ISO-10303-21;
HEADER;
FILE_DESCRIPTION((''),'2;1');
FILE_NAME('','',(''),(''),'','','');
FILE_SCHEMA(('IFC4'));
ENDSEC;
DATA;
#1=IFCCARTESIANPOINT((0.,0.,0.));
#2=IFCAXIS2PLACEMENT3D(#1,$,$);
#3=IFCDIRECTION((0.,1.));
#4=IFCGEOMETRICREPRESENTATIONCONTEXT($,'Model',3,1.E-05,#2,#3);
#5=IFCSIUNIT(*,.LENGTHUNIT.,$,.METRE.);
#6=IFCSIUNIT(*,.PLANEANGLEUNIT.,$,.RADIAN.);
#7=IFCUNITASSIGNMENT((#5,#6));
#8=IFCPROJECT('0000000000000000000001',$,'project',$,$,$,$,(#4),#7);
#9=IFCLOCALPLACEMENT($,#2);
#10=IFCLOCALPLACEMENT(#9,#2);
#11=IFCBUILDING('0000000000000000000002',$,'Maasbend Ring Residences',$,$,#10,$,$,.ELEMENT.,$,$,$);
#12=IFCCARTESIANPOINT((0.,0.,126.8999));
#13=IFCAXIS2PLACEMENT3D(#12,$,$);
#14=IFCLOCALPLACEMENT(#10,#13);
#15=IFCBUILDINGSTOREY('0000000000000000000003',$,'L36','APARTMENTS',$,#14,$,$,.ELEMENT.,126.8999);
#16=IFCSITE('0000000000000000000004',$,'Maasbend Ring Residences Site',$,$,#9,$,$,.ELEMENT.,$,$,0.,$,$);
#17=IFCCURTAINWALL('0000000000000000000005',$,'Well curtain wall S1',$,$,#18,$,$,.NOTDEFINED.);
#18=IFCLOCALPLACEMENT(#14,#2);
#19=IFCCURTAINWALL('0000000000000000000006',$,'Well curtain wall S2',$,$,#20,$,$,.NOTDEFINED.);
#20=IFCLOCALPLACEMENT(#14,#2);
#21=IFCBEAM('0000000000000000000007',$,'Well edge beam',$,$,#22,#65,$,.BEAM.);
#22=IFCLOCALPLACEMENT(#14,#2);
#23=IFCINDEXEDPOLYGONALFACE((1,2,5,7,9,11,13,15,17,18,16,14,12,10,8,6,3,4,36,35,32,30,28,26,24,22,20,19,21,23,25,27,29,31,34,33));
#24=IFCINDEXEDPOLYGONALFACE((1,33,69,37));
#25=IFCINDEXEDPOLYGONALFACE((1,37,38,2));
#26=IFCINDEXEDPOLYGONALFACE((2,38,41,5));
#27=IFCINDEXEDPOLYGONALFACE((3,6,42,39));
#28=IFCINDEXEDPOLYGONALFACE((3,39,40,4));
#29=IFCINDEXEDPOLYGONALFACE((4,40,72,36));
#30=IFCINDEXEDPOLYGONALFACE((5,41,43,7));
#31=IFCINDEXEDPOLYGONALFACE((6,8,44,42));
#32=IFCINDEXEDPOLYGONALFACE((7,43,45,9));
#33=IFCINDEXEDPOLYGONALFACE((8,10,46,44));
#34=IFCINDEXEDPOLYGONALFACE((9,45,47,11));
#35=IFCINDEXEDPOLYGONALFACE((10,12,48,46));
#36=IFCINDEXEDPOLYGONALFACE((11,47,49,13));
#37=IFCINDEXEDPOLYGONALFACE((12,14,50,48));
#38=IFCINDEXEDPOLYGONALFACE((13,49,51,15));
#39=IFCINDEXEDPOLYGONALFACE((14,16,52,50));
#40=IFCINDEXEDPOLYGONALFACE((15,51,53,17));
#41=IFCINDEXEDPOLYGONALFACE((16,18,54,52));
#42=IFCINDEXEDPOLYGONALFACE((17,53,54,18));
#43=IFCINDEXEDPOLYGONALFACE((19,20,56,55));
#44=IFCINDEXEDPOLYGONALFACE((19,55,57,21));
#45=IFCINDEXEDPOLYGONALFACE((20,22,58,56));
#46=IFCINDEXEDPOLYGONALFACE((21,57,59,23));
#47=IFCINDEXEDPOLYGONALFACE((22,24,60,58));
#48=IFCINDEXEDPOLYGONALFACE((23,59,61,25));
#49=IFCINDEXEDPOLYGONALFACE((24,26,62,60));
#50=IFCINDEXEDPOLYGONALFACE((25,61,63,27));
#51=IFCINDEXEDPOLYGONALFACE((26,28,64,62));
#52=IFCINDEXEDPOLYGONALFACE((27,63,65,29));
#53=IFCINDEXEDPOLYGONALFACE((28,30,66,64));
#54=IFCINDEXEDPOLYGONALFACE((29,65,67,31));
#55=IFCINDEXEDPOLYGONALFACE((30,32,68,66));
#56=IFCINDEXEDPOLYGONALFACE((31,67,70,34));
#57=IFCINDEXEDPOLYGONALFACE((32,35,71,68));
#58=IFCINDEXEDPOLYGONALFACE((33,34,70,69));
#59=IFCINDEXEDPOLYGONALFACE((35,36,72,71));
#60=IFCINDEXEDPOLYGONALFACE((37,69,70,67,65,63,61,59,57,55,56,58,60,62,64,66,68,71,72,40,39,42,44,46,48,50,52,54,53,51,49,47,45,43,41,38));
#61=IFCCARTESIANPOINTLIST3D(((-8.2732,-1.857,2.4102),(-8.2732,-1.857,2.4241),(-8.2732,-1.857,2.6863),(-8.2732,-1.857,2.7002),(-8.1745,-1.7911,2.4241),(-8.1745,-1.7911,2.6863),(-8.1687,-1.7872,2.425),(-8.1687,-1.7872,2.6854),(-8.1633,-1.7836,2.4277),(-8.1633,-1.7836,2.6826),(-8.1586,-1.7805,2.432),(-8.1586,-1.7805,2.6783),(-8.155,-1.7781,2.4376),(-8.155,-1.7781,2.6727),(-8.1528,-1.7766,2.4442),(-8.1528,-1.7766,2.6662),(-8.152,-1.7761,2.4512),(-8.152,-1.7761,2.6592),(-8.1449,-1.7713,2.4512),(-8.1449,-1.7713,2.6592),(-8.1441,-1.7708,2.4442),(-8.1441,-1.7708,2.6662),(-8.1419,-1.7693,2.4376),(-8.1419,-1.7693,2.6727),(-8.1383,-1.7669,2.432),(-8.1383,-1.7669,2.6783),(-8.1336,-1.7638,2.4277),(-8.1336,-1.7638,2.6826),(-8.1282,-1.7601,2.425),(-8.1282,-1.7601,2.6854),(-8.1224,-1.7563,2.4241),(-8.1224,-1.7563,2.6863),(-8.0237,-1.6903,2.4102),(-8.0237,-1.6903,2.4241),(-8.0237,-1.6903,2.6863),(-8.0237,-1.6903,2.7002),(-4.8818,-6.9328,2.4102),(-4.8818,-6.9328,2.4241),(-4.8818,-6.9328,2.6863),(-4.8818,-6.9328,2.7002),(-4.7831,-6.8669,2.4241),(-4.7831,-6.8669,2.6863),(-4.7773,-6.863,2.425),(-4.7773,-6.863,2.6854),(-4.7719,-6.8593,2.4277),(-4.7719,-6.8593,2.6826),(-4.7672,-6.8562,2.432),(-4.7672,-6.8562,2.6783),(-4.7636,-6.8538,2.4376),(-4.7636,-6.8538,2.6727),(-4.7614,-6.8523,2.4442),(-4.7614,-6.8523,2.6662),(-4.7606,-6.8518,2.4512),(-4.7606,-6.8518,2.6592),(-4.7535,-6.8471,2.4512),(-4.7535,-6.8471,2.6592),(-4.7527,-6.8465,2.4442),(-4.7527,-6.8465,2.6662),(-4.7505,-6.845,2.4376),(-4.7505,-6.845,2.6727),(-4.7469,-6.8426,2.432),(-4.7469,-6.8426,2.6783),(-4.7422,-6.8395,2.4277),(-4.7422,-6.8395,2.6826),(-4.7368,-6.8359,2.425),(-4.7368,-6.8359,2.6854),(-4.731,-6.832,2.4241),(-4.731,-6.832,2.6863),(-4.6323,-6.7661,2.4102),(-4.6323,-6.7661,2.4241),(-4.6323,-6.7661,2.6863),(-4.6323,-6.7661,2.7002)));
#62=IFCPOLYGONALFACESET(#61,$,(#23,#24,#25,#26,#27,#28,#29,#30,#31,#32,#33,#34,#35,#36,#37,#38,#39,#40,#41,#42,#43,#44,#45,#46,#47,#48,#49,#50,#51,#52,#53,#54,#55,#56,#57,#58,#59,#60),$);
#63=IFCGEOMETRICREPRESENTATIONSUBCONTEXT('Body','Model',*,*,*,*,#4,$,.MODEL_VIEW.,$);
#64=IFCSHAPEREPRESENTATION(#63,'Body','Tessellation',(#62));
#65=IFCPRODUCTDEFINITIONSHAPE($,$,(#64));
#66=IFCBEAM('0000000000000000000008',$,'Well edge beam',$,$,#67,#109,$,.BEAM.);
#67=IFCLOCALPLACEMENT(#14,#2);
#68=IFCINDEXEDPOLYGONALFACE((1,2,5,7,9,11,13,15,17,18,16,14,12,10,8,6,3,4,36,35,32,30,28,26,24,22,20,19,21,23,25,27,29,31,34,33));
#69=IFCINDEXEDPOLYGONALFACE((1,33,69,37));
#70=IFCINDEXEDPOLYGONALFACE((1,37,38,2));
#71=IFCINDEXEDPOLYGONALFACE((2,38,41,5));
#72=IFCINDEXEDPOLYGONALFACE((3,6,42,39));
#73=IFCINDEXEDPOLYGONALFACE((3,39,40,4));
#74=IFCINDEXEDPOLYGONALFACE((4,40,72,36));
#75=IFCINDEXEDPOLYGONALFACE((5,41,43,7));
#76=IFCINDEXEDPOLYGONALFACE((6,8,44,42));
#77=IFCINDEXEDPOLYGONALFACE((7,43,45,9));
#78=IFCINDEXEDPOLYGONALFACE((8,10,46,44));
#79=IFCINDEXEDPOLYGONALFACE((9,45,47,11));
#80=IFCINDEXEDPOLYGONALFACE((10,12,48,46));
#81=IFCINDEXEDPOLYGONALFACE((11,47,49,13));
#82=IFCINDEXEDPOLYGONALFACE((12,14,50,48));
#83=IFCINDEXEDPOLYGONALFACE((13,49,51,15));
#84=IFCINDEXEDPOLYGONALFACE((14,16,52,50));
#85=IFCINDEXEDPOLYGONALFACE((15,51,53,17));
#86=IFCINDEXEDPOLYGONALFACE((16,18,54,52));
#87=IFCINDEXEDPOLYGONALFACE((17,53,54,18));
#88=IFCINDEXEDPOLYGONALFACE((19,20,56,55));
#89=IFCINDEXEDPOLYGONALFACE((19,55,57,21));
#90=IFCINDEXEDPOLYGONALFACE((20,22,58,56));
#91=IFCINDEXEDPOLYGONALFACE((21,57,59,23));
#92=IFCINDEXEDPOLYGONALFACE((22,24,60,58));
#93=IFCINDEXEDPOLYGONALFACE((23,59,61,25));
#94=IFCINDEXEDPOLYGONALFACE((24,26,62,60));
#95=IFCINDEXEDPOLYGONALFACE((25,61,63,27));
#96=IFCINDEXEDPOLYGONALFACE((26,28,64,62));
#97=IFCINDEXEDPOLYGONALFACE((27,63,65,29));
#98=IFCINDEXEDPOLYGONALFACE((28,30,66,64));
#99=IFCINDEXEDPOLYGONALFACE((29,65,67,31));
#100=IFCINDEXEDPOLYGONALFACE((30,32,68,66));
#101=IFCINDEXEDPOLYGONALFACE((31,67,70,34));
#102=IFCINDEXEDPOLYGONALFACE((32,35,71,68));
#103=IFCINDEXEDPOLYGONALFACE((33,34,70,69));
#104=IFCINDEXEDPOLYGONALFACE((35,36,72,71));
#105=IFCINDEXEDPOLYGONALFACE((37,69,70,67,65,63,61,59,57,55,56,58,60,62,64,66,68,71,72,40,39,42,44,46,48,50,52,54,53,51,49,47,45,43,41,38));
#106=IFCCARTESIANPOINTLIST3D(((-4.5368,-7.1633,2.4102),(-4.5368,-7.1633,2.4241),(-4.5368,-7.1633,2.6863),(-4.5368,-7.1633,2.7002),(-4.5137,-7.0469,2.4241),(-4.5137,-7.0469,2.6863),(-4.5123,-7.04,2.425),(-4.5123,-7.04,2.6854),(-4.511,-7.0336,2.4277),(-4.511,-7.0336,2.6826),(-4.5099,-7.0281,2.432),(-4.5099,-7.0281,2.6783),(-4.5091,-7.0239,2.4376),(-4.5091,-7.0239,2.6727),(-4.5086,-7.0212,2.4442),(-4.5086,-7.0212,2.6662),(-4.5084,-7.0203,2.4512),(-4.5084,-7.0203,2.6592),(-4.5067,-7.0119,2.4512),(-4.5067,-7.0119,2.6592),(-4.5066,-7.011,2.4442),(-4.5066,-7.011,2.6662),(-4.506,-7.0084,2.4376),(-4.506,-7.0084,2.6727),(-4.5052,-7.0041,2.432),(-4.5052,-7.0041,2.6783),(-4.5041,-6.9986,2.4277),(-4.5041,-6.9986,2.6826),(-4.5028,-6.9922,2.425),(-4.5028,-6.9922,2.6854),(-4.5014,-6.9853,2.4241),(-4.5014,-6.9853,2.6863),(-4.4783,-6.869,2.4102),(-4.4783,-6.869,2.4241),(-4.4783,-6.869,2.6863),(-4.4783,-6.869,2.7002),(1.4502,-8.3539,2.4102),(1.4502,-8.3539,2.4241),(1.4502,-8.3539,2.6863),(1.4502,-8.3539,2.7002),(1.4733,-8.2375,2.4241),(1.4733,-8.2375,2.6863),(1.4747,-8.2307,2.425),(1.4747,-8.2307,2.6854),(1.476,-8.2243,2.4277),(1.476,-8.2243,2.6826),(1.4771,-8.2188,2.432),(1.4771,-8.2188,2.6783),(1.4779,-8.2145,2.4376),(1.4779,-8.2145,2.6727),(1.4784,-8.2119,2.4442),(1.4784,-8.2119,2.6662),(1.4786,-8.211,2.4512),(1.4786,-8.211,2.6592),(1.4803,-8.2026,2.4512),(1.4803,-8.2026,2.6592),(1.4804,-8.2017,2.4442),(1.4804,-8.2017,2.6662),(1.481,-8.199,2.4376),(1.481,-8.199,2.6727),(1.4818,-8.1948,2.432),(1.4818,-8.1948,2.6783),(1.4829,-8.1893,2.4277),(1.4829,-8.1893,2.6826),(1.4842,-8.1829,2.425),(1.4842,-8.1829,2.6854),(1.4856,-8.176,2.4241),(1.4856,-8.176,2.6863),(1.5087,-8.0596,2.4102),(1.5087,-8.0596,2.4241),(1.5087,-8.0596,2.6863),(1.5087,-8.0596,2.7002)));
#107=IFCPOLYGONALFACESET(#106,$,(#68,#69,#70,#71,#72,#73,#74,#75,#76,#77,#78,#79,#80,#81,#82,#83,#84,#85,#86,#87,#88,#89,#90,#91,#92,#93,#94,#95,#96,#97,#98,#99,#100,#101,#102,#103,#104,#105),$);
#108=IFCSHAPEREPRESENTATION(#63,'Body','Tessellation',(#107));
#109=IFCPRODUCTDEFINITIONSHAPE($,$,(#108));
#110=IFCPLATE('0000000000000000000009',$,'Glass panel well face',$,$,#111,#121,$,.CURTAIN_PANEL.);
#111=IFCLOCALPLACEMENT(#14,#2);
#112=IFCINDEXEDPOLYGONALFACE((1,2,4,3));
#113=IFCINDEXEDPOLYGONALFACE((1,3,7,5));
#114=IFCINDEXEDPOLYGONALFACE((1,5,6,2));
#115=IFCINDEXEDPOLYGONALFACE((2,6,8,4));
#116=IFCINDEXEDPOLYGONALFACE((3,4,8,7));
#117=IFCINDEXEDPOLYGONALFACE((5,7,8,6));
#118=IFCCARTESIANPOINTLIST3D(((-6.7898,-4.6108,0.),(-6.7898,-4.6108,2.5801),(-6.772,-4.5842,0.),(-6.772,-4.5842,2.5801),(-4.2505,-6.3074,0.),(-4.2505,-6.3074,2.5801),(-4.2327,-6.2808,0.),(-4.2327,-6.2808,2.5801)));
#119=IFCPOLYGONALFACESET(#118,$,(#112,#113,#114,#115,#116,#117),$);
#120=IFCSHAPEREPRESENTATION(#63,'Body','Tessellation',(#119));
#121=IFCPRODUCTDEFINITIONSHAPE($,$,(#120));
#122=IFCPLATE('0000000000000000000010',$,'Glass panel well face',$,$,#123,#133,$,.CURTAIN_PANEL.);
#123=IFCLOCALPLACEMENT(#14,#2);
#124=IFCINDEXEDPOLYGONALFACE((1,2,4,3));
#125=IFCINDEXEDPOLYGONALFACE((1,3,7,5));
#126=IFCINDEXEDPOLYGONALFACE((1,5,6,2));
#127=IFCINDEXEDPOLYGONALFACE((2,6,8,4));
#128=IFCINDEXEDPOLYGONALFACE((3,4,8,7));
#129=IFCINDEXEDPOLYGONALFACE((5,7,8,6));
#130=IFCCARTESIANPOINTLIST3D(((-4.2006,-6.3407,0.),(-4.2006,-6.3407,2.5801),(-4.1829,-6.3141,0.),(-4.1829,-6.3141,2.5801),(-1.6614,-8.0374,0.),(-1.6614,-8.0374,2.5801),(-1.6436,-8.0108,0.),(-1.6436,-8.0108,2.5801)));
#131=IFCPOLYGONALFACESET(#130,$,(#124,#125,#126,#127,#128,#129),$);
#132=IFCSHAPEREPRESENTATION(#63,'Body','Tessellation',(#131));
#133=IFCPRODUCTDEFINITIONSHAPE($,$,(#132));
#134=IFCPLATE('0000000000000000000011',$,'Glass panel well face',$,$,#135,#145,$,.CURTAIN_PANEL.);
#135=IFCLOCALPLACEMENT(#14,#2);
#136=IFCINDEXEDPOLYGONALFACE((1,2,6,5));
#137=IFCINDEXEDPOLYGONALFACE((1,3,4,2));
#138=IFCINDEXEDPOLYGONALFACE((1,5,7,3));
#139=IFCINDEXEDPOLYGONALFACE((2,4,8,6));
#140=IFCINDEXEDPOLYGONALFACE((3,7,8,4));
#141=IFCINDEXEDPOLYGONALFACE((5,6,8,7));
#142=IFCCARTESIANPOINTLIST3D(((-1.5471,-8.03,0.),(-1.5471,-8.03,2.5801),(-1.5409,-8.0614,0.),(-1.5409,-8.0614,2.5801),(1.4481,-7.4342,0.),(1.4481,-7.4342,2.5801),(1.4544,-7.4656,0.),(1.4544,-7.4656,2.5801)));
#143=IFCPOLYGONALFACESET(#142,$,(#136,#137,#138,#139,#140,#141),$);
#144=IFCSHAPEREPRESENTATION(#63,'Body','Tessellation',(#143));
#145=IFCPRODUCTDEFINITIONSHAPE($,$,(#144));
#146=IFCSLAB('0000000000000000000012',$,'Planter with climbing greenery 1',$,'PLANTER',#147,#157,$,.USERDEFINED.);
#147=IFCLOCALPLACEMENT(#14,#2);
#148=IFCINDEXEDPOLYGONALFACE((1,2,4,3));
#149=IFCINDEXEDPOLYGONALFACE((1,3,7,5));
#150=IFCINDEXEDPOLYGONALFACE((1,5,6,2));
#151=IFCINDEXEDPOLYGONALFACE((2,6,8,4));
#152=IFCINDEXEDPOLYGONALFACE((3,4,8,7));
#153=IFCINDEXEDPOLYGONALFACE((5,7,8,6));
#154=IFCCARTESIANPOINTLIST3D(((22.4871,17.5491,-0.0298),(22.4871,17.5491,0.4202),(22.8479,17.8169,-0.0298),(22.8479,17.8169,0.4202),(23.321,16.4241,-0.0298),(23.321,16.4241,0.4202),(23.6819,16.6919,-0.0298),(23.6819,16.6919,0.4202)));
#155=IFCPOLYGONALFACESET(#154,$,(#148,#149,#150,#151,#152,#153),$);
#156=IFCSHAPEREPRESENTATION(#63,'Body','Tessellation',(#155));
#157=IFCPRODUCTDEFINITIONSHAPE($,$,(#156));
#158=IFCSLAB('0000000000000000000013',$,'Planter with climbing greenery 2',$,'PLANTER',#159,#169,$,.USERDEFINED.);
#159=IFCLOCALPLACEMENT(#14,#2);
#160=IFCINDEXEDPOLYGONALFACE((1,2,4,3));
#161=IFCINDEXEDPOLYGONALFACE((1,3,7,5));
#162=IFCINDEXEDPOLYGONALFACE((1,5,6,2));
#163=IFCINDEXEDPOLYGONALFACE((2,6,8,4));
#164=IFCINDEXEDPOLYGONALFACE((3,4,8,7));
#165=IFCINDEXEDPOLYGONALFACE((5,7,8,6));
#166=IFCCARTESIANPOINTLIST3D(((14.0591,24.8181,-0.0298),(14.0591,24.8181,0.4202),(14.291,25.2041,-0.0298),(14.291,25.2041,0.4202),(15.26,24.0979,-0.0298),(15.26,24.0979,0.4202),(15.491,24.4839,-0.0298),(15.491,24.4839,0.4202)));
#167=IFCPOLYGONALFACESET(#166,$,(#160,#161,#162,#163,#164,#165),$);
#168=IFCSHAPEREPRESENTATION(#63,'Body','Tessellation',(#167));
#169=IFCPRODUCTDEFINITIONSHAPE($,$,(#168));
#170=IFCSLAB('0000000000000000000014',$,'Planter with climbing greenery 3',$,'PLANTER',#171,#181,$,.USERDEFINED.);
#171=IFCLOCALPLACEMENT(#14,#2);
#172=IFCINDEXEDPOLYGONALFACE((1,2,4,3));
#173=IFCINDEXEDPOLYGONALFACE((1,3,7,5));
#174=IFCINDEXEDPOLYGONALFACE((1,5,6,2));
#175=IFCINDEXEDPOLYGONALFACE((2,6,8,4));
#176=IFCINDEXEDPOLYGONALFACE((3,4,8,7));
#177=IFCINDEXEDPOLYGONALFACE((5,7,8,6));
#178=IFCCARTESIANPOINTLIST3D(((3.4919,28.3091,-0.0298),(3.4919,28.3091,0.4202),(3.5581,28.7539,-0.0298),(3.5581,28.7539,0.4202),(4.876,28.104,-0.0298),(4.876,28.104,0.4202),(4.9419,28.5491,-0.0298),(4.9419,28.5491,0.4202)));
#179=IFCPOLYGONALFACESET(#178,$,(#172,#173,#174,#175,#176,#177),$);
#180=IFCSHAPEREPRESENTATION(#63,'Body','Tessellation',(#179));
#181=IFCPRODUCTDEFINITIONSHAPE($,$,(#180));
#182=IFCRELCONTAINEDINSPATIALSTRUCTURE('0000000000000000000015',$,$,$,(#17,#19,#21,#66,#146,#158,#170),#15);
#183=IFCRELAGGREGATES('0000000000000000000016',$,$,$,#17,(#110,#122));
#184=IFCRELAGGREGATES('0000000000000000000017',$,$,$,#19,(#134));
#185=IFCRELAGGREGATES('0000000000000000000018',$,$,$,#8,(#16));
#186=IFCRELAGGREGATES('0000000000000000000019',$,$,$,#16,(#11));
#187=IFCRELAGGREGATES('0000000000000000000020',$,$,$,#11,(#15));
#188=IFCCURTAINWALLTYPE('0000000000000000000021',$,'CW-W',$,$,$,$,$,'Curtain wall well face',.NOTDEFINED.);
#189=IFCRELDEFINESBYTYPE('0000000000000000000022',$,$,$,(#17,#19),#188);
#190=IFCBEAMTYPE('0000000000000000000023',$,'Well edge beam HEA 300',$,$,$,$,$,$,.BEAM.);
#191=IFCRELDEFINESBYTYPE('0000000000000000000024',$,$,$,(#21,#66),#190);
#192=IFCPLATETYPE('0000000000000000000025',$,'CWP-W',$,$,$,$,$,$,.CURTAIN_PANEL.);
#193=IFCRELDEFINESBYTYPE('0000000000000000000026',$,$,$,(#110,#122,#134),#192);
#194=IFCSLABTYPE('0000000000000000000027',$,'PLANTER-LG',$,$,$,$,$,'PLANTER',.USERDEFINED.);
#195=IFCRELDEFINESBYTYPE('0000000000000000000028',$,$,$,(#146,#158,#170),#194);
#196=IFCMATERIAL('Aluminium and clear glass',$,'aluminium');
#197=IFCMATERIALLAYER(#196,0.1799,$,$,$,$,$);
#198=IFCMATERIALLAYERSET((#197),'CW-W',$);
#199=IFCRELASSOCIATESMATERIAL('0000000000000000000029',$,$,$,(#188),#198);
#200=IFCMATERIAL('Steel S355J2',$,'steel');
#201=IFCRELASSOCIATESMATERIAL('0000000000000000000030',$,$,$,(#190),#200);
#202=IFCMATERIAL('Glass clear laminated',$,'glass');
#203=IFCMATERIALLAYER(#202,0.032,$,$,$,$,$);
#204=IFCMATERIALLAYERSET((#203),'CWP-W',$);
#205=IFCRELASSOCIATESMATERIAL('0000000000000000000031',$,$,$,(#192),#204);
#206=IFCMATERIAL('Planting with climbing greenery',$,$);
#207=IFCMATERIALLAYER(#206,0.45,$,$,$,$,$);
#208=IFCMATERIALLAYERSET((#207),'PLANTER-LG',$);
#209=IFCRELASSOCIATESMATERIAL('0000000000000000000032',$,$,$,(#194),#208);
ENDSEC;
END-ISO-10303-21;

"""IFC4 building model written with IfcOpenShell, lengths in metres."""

from ifc_helpers import new_model, si_unit, direction, frame, origin, origin_2d, place, context, subcontext, project, spatial, polyline, rectangle, i_section, outline, extrude, material, layer, layer_set, material_profile, profile_set, type_object, element, aggregate, save


model = new_model("IFC4")

# Units and contexts
model_context = context("Model", 3, precision=1e-05, world=origin(), true_north=direction((0.0, 1.0)))
body_context = subcontext(model_context, "Body", "Model", "MODEL_VIEW")
ifc_project = project(units=[si_unit("LENGTHUNIT", "METRE"), si_unit("PLANEANGLEUNIT", "RADIAN")], contexts=[model_context])

# Site, building, storey
site_placement = place(None, origin())
site = spatial("IfcSite", under=ifc_project, at=site_placement, Name="Maasbend Ring Residences Site", CompositionType="ELEMENT", RefElevation=0.0)
building_placement = place(site_placement, origin())
building = spatial("IfcBuilding", under=site, at=building_placement, Name="Maasbend Ring Residences", CompositionType="ELEMENT")
storey_placement = place(building_placement, frame((0.0, 0.0, 126.8999)))
storey = spatial("IfcBuildingStorey", under=building, at=storey_placement, Name="L36", Description="APARTMENTS", CompositionType="ELEMENT", Elevation=126.8999)

# Curtain wall
ifc_material_1 = material(Name="Aluminium and clear glass", Category="aluminium")
ifc_layer_1 = layer(ifc_material_1, 0.1799)
ifc_layer_set_1 = layer_set([ifc_layer_1], Name="CW-W")
curtain_wall_type = type_object("IfcCurtainWallType", Name="CW-W", ElementType="Curtain wall well face", PredefinedType="NOTDEFINED", material=ifc_layer_set_1)
curtain_wall_1_placement = place(storey_placement, origin())
curtain_wall_1 = element("IfcCurtainWall", 1, at=curtain_wall_1_placement, inside=storey, type_object=curtain_wall_type, Name="Well curtain wall S1", PredefinedType="NOTDEFINED")

# Curtain wall
curtain_wall_2_placement = place(storey_placement, origin())
curtain_wall_2 = element("IfcCurtainWall", 2, at=curtain_wall_2_placement, inside=storey, type_object=curtain_wall_type, Name="Well curtain wall S2", PredefinedType="NOTDEFINED")

# Beams
ifc_material_2 = material(Name="Steel S355J2", Category="steel")
ifc_material_profile_1 = material_profile(ifc_material_2, i_section(OverallWidth=0.3, OverallDepth=0.29, WebThickness=0.0085, FlangeThickness=0.0139, FilletRadius=0.0271, at=origin_2d()), Name="HEA 300")
ifc_profile_set_1 = profile_set([ifc_material_profile_1], Name="Steel S355J2")
beam_type = type_object("IfcBeamType", Name="Well edge beam HEA 300", PredefinedType="BEAM", material=ifc_profile_set_1)
beam_1_placement = place(storey_placement, frame((-8.1484, -1.7737, 2.5552), z_axis=(0.555558, -0.831478, 0.0), x_axis=(0.831478, 0.555558, 0.0)))
element("IfcBeam", 3, at=beam_1_placement, inside=storey, type_object=beam_type, Name="Well edge beam", PredefinedType="BEAM", context=body_context, shape_type="SweptSolid", body=[
    extrude(i_section(OverallWidth=0.3, OverallDepth=0.29, WebThickness=0.0085, FlangeThickness=0.0139, FilletRadius=0.0271, at=origin_2d()), origin(), (0.0, 0.0, 1.0), 6.1045),
])
beam_2_placement = place(storey_placement, frame((-4.5076, -7.0161, 2.5552), z_axis=(0.980792, -0.195055, 0.0), x_axis=(0.195055, 0.980792, 0.0)))
element("IfcBeam", 4, at=beam_2_placement, inside=storey, type_object=beam_type, Name="Well edge beam", PredefinedType="BEAM", context=body_context, shape_type="SweptSolid", body=[
    extrude(i_section(OverallWidth=0.3, OverallDepth=0.29, WebThickness=0.0085, FlangeThickness=0.0139, FilletRadius=0.0271, at=origin_2d()), origin(), (0.0, 0.0, 1.0), 6.1042),
])

# Plates
ifc_material_3 = material(Name="Glass clear laminated", Category="glass")
ifc_layer_2 = layer(ifc_material_3, 0.032)
ifc_layer_set_2 = layer_set([ifc_layer_2], Name="CWP-W")
plate_type = type_object("IfcPlateType", Name="CWP-W", PredefinedType="CURTAIN_PANEL", material=ifc_layer_set_2)
plate_1_placement = place(storey_placement, frame((-5.5112, -5.4458, 0.0), z_axis=(0.0, 0.0, 1.0), x_axis=(0.83147, -0.55557, 0.0)))
plate_1 = element("IfcPlate", 5, at=plate_1_placement, type_object=plate_type, Name="Glass panel well face", PredefinedType="CURTAIN_PANEL", context=body_context, shape_type="SweptSolid", body=[
    extrude(rectangle(XDim=3.054, YDim=0.032, at=origin_2d()), origin(), (0.0, 0.0, 1.0), 2.5801),
])
plate_2_placement = place(storey_placement, frame((-2.9221, -7.1758, 0.0), z_axis=(0.0, 0.0, 1.0), x_axis=(0.83147, -0.55557, 0.0)))
plate_2 = element("IfcPlate", 6, at=plate_2_placement, type_object=plate_type, Name="Glass panel well face", PredefinedType="CURTAIN_PANEL", context=body_context, shape_type="SweptSolid", body=[
    extrude(rectangle(XDim=3.054, YDim=0.032, at=origin_2d()), origin(), (0.0, 0.0, 1.0), 2.5801),
])
aggregate(curtain_wall_1, [plate_1, plate_2])
plate_3_placement = place(storey_placement, frame((-0.0464, -7.7478, 0.0), z_axis=(0.0, 0.0, 1.0), x_axis=(0.980785, 0.19509, 0.0)))
plate_3 = element("IfcPlate", 7, at=plate_3_placement, type_object=plate_type, Name="Glass panel well face", PredefinedType="CURTAIN_PANEL", context=body_context, shape_type="SweptSolid", body=[
    extrude(rectangle(XDim=3.054, YDim=0.032, at=origin_2d()), origin(), (0.0, 0.0, 1.0), 2.5801),
])
aggregate(curtain_wall_2, [plate_3])

# Slabs
ifc_material_4 = material(Name="Planting with climbing greenery")
ifc_layer_3 = layer(ifc_material_4, 0.45)
ifc_layer_set_3 = layer_set([ifc_layer_3], Name="PLANTER-LG")
slab_type_1 = type_object("IfcSlabType", Name="PLANTER-LG", ElementType="PLANTER", PredefinedType="USERDEFINED", material=ifc_layer_set_3)
slab_1_placement = place(storey_placement, frame((0.0, 0.0, -0.0298)))
element("IfcSlab", 8, at=slab_1_placement, inside=storey, type_object=slab_type_1, Name="Planter with climbing greenery 1", ObjectType="PLANTER", PredefinedType="USERDEFINED", context=body_context, shape_type="SweptSolid", body=[
    extrude(outline(polyline([(23.6819, 16.6919), (22.8479, 17.8169), (22.4871, 17.5491), (23.321, 16.4241), (23.6819, 16.6919)])), origin(), (0.0, 0.0, 1.0), 0.45),
])
slab_2_placement = place(storey_placement, frame((0.0, 0.0, -0.0298)))
element("IfcSlab", 9, at=slab_2_placement, inside=storey, type_object=slab_type_1, Name="Planter with climbing greenery 2", ObjectType="PLANTER", PredefinedType="USERDEFINED", context=body_context, shape_type="SweptSolid", body=[
    extrude(outline(polyline([(15.491, 24.4839), (14.291, 25.2041), (14.0591, 24.8181), (15.26, 24.0979), (15.491, 24.4839)])), origin(), (0.0, 0.0, 1.0), 0.45),
])
slab_3_placement = place(storey_placement, frame((0.0, 0.0, -0.0298)))
element("IfcSlab", 10, at=slab_3_placement, inside=storey, type_object=slab_type_1, Name="Planter with climbing greenery 3", ObjectType="PLANTER", PredefinedType="USERDEFINED", context=body_context, shape_type="SweptSolid", body=[
    extrude(outline(polyline([(4.9419, 28.5491), (3.5581, 28.7539), (3.4919, 28.3091), (4.876, 28.104), (4.9419, 28.5491)])), origin(), (0.0, 0.0, 1.0), 0.45),
])

save(model, "model.ifc")
